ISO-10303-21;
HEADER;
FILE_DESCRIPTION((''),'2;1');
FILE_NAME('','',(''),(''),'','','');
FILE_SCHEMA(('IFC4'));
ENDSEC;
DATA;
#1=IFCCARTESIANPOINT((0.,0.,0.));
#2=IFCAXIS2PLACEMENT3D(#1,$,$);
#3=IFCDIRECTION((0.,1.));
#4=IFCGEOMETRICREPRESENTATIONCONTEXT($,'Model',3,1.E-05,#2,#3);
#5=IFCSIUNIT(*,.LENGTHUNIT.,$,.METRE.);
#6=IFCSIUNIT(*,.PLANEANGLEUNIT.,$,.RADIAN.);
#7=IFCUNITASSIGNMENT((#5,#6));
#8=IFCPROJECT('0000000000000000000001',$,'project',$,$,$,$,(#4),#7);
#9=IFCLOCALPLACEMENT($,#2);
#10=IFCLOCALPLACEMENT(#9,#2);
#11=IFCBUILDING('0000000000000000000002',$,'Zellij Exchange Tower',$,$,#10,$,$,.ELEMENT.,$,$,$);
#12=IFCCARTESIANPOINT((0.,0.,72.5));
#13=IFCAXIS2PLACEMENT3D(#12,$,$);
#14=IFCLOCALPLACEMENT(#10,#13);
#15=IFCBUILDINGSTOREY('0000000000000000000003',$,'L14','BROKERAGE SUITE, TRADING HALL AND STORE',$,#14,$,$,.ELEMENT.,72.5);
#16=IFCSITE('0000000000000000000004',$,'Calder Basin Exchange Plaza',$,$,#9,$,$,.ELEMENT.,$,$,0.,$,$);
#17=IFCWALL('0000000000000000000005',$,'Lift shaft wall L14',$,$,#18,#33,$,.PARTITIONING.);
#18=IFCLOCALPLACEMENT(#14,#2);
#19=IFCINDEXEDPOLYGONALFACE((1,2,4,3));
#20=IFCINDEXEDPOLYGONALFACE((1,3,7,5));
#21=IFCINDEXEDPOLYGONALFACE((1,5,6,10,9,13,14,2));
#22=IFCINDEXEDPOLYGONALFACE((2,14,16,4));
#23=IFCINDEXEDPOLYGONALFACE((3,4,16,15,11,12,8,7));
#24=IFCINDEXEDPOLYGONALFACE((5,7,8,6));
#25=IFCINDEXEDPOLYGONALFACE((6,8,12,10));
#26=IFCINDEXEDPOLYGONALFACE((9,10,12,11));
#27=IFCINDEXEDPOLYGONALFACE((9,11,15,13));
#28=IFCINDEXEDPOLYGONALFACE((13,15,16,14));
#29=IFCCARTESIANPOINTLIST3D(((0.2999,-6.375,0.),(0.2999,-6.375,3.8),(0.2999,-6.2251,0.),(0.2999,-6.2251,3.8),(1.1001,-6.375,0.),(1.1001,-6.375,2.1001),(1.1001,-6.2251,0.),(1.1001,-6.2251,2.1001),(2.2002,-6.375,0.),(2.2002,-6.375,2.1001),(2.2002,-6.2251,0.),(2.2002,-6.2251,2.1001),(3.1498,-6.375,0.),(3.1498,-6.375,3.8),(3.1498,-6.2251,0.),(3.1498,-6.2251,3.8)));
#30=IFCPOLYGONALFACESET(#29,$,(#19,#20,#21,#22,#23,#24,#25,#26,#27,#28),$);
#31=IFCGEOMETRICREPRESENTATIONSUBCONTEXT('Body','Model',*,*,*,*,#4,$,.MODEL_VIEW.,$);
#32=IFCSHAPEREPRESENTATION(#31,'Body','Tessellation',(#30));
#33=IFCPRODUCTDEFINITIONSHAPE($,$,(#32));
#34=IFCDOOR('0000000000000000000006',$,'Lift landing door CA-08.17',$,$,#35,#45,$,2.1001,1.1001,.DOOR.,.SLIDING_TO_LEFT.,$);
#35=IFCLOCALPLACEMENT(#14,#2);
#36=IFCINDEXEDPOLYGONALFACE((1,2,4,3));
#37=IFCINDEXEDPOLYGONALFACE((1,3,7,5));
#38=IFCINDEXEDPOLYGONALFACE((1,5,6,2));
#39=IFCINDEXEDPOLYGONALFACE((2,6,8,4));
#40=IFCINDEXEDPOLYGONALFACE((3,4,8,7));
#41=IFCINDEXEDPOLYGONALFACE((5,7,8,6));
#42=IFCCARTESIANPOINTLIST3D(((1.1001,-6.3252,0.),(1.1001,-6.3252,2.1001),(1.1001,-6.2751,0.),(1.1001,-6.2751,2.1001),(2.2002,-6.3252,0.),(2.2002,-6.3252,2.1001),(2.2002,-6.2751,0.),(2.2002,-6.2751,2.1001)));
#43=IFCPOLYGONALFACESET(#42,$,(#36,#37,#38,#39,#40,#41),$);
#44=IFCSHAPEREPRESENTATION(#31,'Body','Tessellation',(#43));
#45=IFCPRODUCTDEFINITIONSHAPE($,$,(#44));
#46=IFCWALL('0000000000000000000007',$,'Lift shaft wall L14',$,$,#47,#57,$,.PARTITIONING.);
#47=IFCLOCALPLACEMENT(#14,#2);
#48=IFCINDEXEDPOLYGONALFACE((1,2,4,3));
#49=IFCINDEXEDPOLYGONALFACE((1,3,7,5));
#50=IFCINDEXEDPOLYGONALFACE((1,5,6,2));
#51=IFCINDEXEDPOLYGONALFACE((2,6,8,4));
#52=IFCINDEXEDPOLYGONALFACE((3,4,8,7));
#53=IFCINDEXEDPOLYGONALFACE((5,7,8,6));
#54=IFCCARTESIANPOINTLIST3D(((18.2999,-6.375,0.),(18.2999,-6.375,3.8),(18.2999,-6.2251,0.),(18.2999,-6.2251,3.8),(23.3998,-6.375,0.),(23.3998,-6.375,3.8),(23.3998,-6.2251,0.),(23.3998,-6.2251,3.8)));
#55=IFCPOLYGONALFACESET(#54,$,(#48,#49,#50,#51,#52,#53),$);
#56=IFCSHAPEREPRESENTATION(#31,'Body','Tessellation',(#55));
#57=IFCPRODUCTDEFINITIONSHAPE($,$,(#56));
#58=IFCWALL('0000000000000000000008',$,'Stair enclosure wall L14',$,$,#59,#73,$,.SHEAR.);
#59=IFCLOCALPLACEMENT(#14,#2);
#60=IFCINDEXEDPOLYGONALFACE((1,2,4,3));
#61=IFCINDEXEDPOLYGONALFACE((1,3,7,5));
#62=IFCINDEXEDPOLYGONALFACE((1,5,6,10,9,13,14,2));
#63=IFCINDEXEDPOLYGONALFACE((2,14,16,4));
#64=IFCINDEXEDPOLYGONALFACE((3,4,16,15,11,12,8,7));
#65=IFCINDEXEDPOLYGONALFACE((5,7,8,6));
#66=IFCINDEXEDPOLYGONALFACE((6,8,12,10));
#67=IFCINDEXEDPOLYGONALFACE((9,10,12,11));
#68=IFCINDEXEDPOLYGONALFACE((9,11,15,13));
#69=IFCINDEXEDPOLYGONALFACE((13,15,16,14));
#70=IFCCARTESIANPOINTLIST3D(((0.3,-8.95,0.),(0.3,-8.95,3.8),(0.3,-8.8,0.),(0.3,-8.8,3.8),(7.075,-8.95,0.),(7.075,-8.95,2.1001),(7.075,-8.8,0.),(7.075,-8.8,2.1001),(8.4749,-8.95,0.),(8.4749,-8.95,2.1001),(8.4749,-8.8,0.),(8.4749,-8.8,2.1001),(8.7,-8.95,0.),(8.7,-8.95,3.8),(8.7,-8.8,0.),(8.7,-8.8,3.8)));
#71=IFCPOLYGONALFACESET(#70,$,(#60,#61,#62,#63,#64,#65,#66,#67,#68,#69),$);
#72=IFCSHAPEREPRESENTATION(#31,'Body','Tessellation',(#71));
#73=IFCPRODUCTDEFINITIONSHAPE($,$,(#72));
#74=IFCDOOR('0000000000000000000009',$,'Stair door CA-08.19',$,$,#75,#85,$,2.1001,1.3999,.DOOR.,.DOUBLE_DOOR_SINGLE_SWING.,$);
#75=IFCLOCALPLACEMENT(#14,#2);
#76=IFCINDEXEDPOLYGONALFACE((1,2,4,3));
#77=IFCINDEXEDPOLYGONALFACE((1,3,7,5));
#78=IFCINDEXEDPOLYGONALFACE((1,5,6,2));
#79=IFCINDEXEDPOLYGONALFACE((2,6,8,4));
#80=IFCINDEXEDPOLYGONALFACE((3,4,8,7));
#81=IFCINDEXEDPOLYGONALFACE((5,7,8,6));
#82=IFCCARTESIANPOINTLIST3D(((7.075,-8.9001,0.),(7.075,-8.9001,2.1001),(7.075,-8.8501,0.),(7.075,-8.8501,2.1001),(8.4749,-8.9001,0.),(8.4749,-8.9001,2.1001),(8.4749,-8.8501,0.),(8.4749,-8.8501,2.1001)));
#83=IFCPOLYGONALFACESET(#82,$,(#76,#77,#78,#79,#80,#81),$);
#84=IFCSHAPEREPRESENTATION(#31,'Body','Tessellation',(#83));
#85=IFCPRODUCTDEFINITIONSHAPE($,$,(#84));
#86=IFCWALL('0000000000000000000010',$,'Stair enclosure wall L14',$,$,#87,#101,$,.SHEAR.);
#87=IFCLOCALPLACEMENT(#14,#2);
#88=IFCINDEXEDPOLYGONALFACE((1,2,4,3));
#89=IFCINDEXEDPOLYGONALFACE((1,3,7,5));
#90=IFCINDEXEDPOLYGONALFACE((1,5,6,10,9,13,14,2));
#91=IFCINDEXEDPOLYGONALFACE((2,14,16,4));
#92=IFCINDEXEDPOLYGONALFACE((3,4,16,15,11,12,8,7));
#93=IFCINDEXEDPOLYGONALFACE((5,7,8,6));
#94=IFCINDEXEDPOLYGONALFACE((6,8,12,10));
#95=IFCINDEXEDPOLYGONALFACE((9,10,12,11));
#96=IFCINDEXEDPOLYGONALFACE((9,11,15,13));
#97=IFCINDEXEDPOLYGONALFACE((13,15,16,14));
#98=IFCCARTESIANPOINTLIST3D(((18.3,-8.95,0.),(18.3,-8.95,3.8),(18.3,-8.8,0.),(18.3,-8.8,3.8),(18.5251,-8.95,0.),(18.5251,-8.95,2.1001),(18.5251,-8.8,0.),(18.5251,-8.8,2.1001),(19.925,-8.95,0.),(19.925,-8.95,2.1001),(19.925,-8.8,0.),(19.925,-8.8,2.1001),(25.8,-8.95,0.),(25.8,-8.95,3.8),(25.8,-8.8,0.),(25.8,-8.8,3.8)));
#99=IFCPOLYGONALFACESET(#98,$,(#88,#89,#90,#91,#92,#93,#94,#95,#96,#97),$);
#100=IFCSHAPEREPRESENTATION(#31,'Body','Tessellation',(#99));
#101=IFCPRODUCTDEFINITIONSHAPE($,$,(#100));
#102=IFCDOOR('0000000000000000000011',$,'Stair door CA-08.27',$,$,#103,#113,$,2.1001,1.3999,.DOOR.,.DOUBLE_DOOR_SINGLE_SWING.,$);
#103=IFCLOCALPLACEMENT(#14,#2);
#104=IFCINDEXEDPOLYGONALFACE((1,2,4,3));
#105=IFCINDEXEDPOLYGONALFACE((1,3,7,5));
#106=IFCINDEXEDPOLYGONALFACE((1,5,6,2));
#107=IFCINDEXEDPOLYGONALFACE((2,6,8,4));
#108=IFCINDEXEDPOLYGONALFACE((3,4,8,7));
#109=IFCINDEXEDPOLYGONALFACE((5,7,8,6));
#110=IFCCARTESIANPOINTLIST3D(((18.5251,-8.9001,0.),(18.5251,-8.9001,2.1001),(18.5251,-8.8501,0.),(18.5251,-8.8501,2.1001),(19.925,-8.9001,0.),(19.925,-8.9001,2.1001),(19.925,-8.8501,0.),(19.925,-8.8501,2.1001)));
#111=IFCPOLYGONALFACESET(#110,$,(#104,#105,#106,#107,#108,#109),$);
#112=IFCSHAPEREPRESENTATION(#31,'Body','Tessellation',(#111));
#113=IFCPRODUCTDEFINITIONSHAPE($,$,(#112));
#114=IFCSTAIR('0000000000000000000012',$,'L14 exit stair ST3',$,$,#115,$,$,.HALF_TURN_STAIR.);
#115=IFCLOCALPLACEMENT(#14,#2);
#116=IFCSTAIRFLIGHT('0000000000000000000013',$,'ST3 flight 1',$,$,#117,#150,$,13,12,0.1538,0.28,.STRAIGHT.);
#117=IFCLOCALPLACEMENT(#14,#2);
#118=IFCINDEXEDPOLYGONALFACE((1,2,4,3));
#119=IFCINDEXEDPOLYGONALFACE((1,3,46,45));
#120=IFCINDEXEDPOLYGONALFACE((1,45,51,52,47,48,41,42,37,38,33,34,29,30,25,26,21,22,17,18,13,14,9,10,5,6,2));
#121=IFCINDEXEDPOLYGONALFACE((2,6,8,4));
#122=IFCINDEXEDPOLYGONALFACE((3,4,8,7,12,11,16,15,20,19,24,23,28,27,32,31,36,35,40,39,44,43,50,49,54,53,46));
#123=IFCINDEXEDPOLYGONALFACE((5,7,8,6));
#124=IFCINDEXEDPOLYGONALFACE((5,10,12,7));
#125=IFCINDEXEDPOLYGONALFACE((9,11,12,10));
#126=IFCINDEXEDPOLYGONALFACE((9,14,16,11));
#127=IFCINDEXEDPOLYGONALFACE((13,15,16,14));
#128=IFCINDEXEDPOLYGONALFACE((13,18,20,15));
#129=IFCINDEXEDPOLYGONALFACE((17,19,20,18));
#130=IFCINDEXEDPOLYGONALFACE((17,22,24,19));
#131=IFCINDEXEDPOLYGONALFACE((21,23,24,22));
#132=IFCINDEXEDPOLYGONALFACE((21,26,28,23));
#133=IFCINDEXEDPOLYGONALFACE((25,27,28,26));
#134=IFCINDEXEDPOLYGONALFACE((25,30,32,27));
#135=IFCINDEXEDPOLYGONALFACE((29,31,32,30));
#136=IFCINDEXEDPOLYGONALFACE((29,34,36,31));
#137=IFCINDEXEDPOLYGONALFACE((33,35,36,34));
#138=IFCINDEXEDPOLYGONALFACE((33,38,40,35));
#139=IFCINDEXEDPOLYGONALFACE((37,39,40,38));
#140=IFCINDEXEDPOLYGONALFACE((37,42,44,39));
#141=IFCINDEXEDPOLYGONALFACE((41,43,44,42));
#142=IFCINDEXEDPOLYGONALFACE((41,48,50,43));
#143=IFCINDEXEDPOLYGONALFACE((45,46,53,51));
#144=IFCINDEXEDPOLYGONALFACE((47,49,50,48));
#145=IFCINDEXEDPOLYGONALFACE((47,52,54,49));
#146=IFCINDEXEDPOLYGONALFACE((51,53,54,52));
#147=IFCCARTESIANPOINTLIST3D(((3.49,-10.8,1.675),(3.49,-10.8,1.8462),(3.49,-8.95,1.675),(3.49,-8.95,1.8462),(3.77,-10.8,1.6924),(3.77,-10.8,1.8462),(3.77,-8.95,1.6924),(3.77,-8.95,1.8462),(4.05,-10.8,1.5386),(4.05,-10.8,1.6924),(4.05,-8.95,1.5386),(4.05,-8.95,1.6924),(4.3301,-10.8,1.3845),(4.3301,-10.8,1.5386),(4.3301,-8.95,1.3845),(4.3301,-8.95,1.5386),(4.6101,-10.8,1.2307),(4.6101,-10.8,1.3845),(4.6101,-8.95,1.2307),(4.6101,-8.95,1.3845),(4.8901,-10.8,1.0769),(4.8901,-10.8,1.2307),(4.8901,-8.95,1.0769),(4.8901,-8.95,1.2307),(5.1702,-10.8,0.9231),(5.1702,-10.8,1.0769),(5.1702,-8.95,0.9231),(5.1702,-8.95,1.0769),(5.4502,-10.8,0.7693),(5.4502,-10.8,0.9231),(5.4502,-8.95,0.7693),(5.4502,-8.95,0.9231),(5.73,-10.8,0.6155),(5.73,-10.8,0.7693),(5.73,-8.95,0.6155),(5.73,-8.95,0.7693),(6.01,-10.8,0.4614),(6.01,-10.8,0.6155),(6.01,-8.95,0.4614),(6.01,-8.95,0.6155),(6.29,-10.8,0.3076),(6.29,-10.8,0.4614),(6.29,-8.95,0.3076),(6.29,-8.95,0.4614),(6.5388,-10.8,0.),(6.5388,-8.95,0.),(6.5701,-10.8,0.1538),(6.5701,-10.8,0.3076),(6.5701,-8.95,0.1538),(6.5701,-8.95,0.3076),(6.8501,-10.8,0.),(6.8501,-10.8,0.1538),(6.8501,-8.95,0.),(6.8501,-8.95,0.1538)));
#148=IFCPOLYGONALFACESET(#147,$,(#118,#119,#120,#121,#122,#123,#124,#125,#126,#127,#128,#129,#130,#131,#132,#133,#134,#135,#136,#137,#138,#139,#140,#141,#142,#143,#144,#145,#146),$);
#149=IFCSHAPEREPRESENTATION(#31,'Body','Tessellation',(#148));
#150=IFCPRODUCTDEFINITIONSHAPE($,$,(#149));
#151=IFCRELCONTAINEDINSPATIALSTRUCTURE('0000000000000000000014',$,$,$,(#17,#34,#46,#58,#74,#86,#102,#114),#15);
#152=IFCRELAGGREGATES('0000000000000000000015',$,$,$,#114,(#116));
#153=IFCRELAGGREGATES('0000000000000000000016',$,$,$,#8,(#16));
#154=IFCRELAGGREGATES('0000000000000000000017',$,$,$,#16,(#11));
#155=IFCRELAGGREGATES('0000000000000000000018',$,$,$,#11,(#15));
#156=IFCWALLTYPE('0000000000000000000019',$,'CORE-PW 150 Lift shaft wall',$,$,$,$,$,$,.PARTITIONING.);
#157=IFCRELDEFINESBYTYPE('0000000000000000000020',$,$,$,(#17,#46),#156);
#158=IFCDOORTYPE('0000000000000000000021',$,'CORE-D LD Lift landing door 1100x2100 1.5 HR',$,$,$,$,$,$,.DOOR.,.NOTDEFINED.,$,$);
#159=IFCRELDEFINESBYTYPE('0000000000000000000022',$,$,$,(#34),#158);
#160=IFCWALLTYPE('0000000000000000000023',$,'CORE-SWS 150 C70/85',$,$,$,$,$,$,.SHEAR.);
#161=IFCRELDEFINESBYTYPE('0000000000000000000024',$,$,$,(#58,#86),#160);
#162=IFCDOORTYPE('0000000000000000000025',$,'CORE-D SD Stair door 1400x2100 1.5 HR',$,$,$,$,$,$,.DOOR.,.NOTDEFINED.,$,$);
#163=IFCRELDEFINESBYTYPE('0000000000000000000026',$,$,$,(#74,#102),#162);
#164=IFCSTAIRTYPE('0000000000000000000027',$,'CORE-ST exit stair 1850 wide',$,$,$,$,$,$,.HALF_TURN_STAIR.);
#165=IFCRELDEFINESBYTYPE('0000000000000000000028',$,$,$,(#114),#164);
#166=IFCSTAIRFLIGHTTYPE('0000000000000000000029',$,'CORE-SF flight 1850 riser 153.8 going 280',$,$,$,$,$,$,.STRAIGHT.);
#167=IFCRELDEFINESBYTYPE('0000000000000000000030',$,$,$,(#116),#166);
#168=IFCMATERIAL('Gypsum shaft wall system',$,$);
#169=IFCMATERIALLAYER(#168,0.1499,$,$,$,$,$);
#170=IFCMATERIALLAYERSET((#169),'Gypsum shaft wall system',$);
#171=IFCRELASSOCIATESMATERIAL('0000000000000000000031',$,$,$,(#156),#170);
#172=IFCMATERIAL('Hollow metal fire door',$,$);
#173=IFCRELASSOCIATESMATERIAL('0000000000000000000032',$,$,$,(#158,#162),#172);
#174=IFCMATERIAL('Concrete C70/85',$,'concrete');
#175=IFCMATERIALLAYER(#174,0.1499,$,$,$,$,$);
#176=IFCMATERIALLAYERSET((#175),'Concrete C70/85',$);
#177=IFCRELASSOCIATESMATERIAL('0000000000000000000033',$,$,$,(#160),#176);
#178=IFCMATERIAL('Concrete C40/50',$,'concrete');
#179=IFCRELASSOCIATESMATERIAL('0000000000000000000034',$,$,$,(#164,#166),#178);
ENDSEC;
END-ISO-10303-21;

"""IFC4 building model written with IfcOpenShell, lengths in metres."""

from ifc_helpers import new_model, si_unit, direction, frame, frame_2d, origin, place, context, subcontext, project, spatial, polyline, rectangle, outline, extrude, material, layer, layer_set, type_object, element, fill, aggregate, save


model = new_model("IFC4")

# Units and contexts
model_context = context("Model", 3, precision=1e-05, world=origin(), true_north=direction((0.0, 1.0)))
body_context = subcontext(model_context, "Body", "Model", "MODEL_VIEW")
ifc_project = project(units=[si_unit("LENGTHUNIT", "METRE"), si_unit("PLANEANGLEUNIT", "RADIAN")], contexts=[model_context])

# Site, building, storey
site_placement = place(None, origin())
site = spatial("IfcSite", under=ifc_project, at=site_placement, Name="Calder Basin Exchange Plaza", CompositionType="ELEMENT", RefElevation=0.0)
building_placement = place(site_placement, origin())
building = spatial("IfcBuilding", under=site, at=building_placement, Name="Zellij Exchange Tower", CompositionType="ELEMENT")
storey_placement = place(building_placement, frame((0.0, 0.0, 72.5)))
storey = spatial("IfcBuildingStorey", under=building, at=storey_placement, Name="L14", Description="BROKERAGE SUITE, TRADING HALL AND STORE", CompositionType="ELEMENT", Elevation=72.5)

# Shared definitions
ifc_material_1 = material(Name="Concrete C70/85", Category="concrete")

# Shared definitions
ifc_material_2 = material(Name="Gypsum shaft wall system")
ifc_material_3 = material(Name="Hollow metal fire door")

# Wall, opening, door
ifc_layer_1 = layer(ifc_material_2, 0.1499)
ifc_layer_set_1 = layer_set([ifc_layer_1], Name="Gypsum shaft wall system")
wall_type_1 = type_object("IfcWallType", Name="CORE-PW 150 Lift shaft wall", PredefinedType="PARTITIONING", material=ifc_layer_set_1)
wall_1_placement = place(storey_placement, frame((0.3, -6.3, 0.0), z_axis=(0.0, 0.0, 1.0), x_axis=(1.0, 0.0, 0.0)))
wall_1 = element("IfcWall", 1, at=wall_1_placement, inside=storey, type_object=wall_type_1, Name="Lift shaft wall L14", PredefinedType="PARTITIONING", context=body_context, shape_type="SweptSolid", body=[
    extrude(rectangle(XDim=2.8499, YDim=0.1499, at=frame_2d((1.4248, 0.0))), origin(), (0.0, 0.0, 1.0), 3.8),
])
opening_1_placement = place(wall_1_placement, frame((0.8, 0.0, 0.0)))
opening_1 = element("IfcOpeningElement", 2, at=opening_1_placement, cuts=wall_1, PredefinedType="OPENING", context=body_context, shape_type="SweptSolid", body=[
    extrude(rectangle(XDim=1.1001, YDim=2.1001, at=frame_2d((0.55, 1.05))), frame((0.0, 0.0869, 0.0), z_axis=(0.0, -1.0, 0.0), x_axis=(1.0, 0.0, 0.0)), (0.0, 0.0, 1.0), 0.1738),
])
door_type_1 = type_object("IfcDoorType", Name="CORE-D LD Lift landing door 1100x2100 1.5 HR", OperationType="NOTDEFINED", PredefinedType="DOOR", material=ifc_material_3)
door_1_placement = place(opening_1_placement, origin())
door_1 = element("IfcDoor", 3, at=door_1_placement, inside=storey, type_object=door_type_1, Name="Lift landing door CA-08.17", OperationType="SLIDING_TO_LEFT", OverallHeight=2.1001, OverallWidth=1.1001, PredefinedType="DOOR", context=body_context, shape_type="SweptSolid", body=[
    extrude(rectangle(XDim=1.1001, YDim=2.1001, at=frame_2d((0.55, 1.05))), frame((0.0, 0.0249, 0.0), z_axis=(0.0, -1.0, 0.0), x_axis=(1.0, 0.0, 0.0)), (0.0, 0.0, 1.0), 0.05),
])
fill(opening_1, door_1)

# Wall
wall_2_placement = place(storey_placement, frame((18.3, -6.3, 0.0), z_axis=(0.0, 0.0, 1.0), x_axis=(1.0, 0.0, 0.0)))
element("IfcWall", 4, at=wall_2_placement, inside=storey, type_object=wall_type_1, Name="Lift shaft wall L14", PredefinedType="PARTITIONING", context=body_context, shape_type="SweptSolid", body=[
    extrude(rectangle(XDim=5.0999, YDim=0.1499, at=frame_2d((2.5498, 0.0))), origin(), (0.0, 0.0, 1.0), 3.8),
])

# Walls, openings, doors
ifc_layer_2 = layer(ifc_material_1, 0.1499)
ifc_layer_set_2 = layer_set([ifc_layer_2], Name="Concrete C70/85")
wall_type_2 = type_object("IfcWallType", Name="CORE-SWS 150 C70/85", PredefinedType="SHEAR", material=ifc_layer_set_2)
wall_3_placement = place(storey_placement, frame((0.3, -8.875, 0.0), z_axis=(0.0, 0.0, 1.0), x_axis=(1.0, 0.0, 0.0)))
wall_3 = element("IfcWall", 5, at=wall_3_placement, inside=storey, type_object=wall_type_2, Name="Stair enclosure wall L14", PredefinedType="SHEAR", context=body_context, shape_type="SweptSolid", body=[
    extrude(rectangle(XDim=8.3999, YDim=0.1499, at=frame_2d((4.2, 0.0))), origin(), (0.0, 0.0, 1.0), 3.8),
])
opening_2_placement = place(wall_3_placement, frame((6.7749, 0.0, 0.0)))
opening_2 = element("IfcOpeningElement", 6, at=opening_2_placement, cuts=wall_3, PredefinedType="OPENING", context=body_context, shape_type="SweptSolid", body=[
    extrude(rectangle(XDim=1.3999, YDim=2.1001, at=frame_2d((0.7, 1.05))), frame((0.0, 0.0869, 0.0), z_axis=(0.0, -1.0, 0.0), x_axis=(1.0, 0.0, 0.0)), (0.0, 0.0, 1.0), 0.1738),
])
door_type_2 = type_object("IfcDoorType", Name="CORE-D SD Stair door 1400x2100 1.5 HR", OperationType="NOTDEFINED", PredefinedType="DOOR", material=ifc_material_3)
door_2_placement = place(opening_2_placement, origin())
door_2 = element("IfcDoor", 7, at=door_2_placement, inside=storey, type_object=door_type_2, Name="Stair door CA-08.19", OperationType="DOUBLE_DOOR_SINGLE_SWING", OverallHeight=2.1001, OverallWidth=1.3999, PredefinedType="DOOR", context=body_context, shape_type="SweptSolid", body=[
    extrude(rectangle(XDim=1.3999, YDim=2.1001, at=frame_2d((0.7, 1.05))), frame((0.0, 0.0249, 0.0), z_axis=(0.0, -1.0, 0.0), x_axis=(1.0, 0.0, 0.0)), (0.0, 0.0, 1.0), 0.05),
])
fill(opening_2, door_2)
wall_4_placement = place(storey_placement, frame((18.3, -8.875, 0.0), z_axis=(0.0, 0.0, 1.0), x_axis=(1.0, 0.0, 0.0)))
wall_4 = element("IfcWall", 8, at=wall_4_placement, inside=storey, type_object=wall_type_2, Name="Stair enclosure wall L14", PredefinedType="SHEAR", context=body_context, shape_type="SweptSolid", body=[
    extrude(rectangle(XDim=7.5, YDim=0.1499, at=frame_2d((3.75, 0.0))), origin(), (0.0, 0.0, 1.0), 3.8),
])
opening_3_placement = place(wall_4_placement, frame((0.2251, 0.0, 0.0)))
opening_3 = element("IfcOpeningElement", 9, at=opening_3_placement, cuts=wall_4, PredefinedType="OPENING", context=body_context, shape_type="SweptSolid", body=[
    extrude(rectangle(XDim=1.3999, YDim=2.1001, at=frame_2d((0.7, 1.05))), frame((0.0, 0.0869, 0.0), z_axis=(0.0, -1.0, 0.0), x_axis=(1.0, 0.0, 0.0)), (0.0, 0.0, 1.0), 0.1738),
])
door_3_placement = place(opening_3_placement, origin())
door_3 = element("IfcDoor", 10, at=door_3_placement, inside=storey, type_object=door_type_2, Name="Stair door CA-08.27", OperationType="DOUBLE_DOOR_SINGLE_SWING", OverallHeight=2.1001, OverallWidth=1.3999, PredefinedType="DOOR", context=body_context, shape_type="SweptSolid", body=[
    extrude(rectangle(XDim=1.3999, YDim=2.1001, at=frame_2d((0.7, 1.05))), frame((0.0, 0.0249, 0.0), z_axis=(0.0, -1.0, 0.0), x_axis=(1.0, 0.0, 0.0)), (0.0, 0.0, 1.0), 0.05),
])
fill(opening_3, door_3)

# Stair, stair flight
ifc_material_4 = material(Name="Concrete C40/50", Category="concrete")
stair_type = type_object("IfcStairType", Name="CORE-ST exit stair 1850 wide", PredefinedType="HALF_TURN_STAIR", material=ifc_material_4)
stair_placement = place(storey_placement, origin())
stair = element("IfcStair", 11, at=stair_placement, inside=storey, type_object=stair_type, Name="L14 exit stair ST3", PredefinedType="HALF_TURN_STAIR")
stair_flight_type = type_object("IfcStairFlightType", Name="CORE-SF flight 1850 riser 153.8 going 280", PredefinedType="STRAIGHT", material=ifc_material_4)
stair_flight_1_placement = place(storey_placement, frame((6.8501, -9.875, 0.0), z_axis=(0.0, 0.0, 1.0), x_axis=(-1.0, 0.0, 0.0)))
stair_flight_1 = element("IfcStairFlight", 12, at=stair_flight_1_placement, type_object=stair_flight_type, Name="ST3 flight 1", NumberOfRisers=13, NumberOfTreads=12, PredefinedType="STRAIGHT", RiserHeight=0.1538, TreadLength=0.28, context=body_context, shape_type="SweptSolid", body=[
    extrude(outline(polyline([(0.0, 0.0), (0.0, 0.1538), (0.28, 0.1538), (0.28, 0.3076), (0.5601, 0.3076), (0.5601, 0.4614), (0.8401, 0.4614), (0.8401, 0.6155), (1.1201, 0.6155), (1.1201, 0.7693), (1.3999, 0.7693), (1.3999, 0.9231), (1.6799, 0.9231), (1.6799, 1.0769), (1.96, 1.0769), (1.96, 1.2307), (2.24, 1.2307), (2.24, 1.3845), (2.52, 1.3845), (2.52, 1.5386), (2.8, 1.5386), (2.8, 1.6924), (3.0801, 1.6924), (3.0801, 1.8462), (3.3601, 1.8462), (3.3601, 2.0), (3.3601, 1.675), (0.3113, 0.0), (0.0, 0.0)])), frame((0.0, 0.925, 0.0), z_axis=(0.0, -1.0, 0.0), x_axis=(1.0, 0.0, 0.0)), (0.0, 0.0, 1.0), 1.8501),
])
aggregate(stair, [stair_flight_1])

save(model, "model.ifc")
